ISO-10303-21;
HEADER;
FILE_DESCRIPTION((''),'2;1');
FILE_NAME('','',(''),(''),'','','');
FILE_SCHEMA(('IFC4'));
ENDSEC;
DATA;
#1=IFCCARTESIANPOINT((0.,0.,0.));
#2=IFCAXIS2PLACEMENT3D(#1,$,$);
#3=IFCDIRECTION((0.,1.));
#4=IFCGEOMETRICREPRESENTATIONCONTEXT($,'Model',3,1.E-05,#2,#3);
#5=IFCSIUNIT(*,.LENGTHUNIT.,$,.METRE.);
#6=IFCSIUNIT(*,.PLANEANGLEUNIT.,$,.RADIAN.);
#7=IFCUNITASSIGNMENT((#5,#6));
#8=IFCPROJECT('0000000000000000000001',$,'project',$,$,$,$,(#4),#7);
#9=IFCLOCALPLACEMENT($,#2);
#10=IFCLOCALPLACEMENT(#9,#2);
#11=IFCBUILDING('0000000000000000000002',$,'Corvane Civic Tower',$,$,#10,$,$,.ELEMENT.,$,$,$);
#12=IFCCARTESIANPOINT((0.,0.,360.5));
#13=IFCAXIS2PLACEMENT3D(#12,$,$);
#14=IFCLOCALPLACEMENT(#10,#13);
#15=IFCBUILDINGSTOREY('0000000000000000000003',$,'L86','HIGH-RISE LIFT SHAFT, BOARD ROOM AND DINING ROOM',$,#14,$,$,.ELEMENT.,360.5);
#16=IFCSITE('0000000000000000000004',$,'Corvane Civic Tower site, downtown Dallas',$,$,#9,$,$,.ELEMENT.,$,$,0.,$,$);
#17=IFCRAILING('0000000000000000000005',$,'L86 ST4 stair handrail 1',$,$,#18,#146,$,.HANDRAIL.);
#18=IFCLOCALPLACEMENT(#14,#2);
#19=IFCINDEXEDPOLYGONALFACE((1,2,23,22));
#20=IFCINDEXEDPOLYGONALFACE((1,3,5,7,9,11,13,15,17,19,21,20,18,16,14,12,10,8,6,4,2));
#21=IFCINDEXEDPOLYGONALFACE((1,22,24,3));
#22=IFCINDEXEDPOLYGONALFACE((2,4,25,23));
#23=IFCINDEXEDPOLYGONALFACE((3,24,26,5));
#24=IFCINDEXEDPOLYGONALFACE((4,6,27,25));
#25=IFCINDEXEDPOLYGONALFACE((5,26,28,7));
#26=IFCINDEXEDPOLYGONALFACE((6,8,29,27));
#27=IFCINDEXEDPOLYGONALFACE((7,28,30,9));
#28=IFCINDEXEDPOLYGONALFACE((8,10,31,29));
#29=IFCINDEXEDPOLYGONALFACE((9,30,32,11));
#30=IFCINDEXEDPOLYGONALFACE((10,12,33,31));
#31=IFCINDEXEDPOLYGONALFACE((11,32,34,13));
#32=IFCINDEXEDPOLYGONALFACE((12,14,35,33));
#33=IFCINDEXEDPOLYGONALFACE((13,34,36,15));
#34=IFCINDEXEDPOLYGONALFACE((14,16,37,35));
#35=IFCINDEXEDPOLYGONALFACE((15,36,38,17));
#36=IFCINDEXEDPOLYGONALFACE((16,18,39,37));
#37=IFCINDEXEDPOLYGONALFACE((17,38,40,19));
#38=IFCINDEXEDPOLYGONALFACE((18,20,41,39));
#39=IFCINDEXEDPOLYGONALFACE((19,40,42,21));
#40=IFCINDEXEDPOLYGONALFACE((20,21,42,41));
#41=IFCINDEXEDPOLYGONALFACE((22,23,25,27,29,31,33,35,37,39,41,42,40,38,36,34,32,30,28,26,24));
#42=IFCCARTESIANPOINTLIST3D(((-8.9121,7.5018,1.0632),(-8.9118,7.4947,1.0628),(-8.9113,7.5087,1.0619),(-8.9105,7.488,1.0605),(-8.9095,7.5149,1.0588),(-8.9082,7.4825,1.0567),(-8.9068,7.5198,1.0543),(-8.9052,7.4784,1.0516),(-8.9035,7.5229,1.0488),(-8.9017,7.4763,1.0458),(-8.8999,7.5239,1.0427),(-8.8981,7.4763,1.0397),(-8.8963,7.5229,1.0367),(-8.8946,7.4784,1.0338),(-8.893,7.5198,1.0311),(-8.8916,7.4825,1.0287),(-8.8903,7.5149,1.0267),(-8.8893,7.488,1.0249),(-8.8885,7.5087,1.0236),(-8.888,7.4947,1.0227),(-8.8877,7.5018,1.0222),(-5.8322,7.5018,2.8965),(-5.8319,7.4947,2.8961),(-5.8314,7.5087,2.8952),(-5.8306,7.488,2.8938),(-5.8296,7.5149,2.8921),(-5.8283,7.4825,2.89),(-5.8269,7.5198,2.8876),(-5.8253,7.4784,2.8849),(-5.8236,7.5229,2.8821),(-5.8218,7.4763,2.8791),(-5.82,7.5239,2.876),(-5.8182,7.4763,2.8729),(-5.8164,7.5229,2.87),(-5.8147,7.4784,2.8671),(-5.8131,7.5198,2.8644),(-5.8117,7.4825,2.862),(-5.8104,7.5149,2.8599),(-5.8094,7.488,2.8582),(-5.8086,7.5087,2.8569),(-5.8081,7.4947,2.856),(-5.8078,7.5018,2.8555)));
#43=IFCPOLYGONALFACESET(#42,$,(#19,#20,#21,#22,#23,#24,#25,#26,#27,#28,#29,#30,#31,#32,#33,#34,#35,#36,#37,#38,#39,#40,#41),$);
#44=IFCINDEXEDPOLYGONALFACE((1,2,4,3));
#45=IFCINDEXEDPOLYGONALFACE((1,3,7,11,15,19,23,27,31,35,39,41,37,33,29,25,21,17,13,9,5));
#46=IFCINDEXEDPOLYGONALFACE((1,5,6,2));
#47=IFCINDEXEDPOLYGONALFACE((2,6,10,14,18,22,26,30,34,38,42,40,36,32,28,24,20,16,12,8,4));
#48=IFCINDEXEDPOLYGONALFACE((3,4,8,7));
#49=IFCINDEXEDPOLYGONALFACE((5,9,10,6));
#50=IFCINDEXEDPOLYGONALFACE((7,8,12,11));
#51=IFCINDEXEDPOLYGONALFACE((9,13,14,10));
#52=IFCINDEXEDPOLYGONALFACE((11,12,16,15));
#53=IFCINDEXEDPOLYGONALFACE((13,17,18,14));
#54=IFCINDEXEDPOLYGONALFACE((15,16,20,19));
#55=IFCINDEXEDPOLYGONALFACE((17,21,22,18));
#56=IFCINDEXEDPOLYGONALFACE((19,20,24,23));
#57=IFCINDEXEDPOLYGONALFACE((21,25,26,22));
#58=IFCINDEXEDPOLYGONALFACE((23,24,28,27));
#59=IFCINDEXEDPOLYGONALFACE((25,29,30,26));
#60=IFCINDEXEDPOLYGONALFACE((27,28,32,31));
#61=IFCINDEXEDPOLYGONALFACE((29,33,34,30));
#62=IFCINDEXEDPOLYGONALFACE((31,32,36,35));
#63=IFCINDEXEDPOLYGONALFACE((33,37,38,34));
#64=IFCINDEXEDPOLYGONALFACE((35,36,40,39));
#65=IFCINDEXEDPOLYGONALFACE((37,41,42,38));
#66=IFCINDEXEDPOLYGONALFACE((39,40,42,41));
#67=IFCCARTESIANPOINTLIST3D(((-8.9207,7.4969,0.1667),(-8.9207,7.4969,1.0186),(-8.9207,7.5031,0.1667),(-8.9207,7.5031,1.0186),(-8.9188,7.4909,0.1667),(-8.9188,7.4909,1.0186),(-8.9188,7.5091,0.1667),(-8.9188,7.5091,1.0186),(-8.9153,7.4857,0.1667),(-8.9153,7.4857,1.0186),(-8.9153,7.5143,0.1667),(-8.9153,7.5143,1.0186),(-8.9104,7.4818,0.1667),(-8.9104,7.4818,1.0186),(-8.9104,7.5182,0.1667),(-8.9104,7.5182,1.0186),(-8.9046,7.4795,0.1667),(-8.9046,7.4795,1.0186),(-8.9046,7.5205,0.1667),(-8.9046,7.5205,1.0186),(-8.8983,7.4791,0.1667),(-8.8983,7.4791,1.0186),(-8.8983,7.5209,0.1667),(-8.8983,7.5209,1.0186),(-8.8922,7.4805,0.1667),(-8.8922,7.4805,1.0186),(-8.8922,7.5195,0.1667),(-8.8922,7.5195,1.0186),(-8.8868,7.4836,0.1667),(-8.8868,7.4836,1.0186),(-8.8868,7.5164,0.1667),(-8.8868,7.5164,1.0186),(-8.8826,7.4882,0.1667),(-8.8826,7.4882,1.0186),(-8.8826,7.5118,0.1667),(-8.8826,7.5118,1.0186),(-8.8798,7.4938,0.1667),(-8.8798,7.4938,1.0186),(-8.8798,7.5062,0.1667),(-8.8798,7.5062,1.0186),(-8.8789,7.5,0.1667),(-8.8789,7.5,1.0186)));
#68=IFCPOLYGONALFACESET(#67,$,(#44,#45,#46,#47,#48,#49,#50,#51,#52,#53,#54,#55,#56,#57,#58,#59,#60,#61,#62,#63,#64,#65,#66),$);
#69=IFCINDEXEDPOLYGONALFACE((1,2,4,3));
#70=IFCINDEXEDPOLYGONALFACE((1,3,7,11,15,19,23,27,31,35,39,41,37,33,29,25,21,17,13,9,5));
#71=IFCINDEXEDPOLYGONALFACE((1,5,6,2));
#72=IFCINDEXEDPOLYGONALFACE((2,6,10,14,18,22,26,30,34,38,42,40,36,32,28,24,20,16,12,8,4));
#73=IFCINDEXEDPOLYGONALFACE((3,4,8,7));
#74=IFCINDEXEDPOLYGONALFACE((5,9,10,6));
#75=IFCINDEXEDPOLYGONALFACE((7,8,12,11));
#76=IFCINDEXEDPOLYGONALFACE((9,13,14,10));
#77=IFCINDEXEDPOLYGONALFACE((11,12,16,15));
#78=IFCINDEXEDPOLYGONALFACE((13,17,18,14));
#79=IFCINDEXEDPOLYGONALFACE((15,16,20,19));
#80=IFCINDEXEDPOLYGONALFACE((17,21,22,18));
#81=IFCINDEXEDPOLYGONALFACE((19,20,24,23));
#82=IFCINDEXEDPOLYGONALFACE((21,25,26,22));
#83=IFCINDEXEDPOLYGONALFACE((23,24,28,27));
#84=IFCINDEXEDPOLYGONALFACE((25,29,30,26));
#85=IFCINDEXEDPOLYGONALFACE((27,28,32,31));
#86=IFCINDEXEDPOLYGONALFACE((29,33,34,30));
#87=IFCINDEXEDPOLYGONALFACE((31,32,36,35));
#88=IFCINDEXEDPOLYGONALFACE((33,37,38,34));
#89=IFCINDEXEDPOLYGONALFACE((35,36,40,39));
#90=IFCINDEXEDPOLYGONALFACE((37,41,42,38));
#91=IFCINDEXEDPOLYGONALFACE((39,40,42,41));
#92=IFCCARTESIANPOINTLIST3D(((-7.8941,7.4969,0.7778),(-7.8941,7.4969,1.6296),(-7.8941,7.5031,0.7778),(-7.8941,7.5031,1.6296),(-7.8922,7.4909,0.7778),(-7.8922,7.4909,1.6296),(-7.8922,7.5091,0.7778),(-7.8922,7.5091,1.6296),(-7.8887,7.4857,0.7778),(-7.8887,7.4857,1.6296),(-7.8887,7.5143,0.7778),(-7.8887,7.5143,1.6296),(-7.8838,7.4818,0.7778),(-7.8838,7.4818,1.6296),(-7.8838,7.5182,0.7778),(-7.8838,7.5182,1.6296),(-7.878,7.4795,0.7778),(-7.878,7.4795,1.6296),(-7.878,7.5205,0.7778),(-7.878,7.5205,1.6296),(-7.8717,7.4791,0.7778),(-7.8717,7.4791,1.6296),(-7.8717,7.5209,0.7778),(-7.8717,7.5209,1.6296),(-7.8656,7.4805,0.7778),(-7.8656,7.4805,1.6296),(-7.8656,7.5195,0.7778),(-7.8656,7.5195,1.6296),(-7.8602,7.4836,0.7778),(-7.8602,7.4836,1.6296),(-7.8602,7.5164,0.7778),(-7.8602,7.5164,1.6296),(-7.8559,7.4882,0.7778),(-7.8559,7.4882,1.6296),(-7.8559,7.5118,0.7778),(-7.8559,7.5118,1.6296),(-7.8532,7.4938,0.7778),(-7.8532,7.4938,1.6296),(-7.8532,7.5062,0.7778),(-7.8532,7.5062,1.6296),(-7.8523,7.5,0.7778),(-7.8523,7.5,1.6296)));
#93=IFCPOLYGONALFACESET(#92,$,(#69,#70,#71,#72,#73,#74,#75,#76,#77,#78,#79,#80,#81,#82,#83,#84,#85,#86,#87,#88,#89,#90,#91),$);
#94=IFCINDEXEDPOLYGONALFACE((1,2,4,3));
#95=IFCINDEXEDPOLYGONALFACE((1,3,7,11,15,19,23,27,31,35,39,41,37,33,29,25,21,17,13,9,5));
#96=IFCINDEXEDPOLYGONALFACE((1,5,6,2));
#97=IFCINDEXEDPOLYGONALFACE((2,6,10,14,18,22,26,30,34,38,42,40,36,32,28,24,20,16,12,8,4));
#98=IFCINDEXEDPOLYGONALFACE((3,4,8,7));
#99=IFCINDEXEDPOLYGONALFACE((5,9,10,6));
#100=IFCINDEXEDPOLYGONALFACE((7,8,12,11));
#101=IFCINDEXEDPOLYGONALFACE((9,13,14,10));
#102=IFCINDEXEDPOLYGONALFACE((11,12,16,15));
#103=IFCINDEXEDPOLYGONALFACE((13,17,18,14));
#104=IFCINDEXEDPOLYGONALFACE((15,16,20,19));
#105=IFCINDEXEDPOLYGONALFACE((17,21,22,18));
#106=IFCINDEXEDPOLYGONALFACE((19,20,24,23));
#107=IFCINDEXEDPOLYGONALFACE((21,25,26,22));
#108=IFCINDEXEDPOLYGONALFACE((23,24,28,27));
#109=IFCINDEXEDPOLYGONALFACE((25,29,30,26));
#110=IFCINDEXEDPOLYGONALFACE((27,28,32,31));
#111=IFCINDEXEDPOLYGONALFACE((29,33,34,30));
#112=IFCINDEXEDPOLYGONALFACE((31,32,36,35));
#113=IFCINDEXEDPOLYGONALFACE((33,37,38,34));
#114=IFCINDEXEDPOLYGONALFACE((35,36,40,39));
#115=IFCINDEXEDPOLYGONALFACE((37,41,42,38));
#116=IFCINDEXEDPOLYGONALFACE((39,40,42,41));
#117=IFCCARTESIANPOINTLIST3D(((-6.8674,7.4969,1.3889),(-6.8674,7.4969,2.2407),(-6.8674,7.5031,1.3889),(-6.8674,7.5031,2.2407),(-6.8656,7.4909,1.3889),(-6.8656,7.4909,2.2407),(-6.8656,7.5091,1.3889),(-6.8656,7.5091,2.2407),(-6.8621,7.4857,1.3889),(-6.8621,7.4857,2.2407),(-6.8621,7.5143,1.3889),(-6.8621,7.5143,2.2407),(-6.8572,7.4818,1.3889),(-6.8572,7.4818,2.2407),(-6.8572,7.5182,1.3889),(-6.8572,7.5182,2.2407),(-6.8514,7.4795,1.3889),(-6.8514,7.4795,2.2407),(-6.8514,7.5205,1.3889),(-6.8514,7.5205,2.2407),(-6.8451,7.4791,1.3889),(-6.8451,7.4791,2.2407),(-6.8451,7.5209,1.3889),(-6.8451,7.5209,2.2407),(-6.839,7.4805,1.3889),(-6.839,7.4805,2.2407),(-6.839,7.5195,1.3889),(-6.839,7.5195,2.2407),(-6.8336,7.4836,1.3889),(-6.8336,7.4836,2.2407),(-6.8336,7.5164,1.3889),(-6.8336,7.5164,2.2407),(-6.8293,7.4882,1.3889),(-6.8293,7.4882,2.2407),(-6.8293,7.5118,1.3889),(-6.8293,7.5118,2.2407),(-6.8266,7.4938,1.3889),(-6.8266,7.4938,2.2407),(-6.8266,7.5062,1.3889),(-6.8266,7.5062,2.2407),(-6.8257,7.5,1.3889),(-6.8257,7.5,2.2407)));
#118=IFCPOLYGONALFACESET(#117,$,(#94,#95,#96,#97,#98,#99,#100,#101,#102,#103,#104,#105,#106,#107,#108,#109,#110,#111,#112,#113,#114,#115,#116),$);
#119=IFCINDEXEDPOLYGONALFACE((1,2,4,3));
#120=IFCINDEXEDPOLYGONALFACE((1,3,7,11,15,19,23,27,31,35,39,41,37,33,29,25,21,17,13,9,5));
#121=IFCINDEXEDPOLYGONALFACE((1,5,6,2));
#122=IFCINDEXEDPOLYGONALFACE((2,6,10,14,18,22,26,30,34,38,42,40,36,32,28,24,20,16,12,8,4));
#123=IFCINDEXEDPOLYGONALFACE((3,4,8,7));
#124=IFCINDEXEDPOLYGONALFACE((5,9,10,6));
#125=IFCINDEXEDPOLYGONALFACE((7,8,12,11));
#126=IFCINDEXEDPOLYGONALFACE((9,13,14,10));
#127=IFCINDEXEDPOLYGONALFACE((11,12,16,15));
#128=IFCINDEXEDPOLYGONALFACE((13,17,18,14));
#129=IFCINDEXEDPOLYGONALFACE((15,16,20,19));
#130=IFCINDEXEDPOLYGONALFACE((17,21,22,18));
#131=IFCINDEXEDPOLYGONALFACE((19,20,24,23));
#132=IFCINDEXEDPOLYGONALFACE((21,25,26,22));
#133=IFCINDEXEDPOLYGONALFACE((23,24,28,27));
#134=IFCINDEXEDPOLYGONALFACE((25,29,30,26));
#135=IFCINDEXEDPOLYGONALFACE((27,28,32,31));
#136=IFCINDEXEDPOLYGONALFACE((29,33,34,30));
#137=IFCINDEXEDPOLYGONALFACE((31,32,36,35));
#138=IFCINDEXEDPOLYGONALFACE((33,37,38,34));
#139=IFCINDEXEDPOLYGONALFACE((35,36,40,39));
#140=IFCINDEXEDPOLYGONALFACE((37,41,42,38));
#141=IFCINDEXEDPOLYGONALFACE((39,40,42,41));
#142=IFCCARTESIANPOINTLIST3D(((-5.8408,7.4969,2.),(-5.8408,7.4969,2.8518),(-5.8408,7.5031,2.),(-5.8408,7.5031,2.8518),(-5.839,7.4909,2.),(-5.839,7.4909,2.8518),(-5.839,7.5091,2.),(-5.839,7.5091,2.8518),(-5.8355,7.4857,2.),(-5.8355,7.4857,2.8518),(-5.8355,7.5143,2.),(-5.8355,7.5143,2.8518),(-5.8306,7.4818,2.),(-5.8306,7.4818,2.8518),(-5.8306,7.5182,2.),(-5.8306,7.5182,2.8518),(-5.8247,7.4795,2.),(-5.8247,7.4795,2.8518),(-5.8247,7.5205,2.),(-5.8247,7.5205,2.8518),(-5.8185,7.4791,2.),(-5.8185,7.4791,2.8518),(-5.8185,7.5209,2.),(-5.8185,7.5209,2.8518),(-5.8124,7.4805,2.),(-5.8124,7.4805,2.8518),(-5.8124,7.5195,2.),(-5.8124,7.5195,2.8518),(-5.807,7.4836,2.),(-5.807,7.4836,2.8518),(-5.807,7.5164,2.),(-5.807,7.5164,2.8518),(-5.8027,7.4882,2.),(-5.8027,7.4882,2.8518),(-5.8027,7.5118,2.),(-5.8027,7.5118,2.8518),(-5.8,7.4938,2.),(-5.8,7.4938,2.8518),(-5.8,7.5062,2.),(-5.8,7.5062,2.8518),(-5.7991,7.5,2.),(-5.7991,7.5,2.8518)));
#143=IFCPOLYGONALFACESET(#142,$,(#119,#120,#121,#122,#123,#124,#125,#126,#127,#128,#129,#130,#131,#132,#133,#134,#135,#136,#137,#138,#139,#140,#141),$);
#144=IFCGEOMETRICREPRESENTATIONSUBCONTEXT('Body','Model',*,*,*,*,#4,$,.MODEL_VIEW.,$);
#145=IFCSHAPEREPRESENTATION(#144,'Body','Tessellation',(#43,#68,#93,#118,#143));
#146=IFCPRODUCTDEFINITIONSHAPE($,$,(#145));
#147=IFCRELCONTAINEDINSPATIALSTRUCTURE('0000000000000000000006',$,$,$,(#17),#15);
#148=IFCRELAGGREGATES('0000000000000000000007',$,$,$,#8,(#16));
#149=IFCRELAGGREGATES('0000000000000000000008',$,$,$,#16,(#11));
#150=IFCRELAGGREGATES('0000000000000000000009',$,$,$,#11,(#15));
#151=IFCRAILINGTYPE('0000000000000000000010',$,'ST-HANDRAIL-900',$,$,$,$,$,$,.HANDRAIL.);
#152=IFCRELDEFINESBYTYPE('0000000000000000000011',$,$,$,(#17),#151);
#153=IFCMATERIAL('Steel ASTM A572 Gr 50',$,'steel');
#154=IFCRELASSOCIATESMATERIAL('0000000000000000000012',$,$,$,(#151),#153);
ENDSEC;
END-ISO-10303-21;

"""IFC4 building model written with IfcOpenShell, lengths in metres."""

from ifc_helpers import new_model, si_unit, direction, frame, origin, origin_2d, place, context, subcontext, project, spatial, circle, extrude, material, type_object, element, save


model = new_model("IFC4")

# Units and contexts
model_context = context("Model", 3, precision=1e-05, world=origin(), true_north=direction((0.0, 1.0)))
body_context = subcontext(model_context, "Body", "Model", "MODEL_VIEW")
ifc_project = project(units=[si_unit("LENGTHUNIT", "METRE"), si_unit("PLANEANGLEUNIT", "RADIAN")], contexts=[model_context])

# Site, building, storey
site_placement = place(None, origin())
site = spatial("IfcSite", under=ifc_project, at=site_placement, Name="Corvane Civic Tower site, downtown Dallas", CompositionType="ELEMENT", RefElevation=0.0)
building_placement = place(site_placement, origin())
building = spatial("IfcBuilding", under=site, at=building_placement, Name="Corvane Civic Tower", CompositionType="ELEMENT")
storey_placement = place(building_placement, frame((0.0, 0.0, 360.5)))
storey = spatial("IfcBuildingStorey", under=building, at=storey_placement, Name="L86", Description="HIGH-RISE LIFT SHAFT, BOARD ROOM AND DINING ROOM", CompositionType="ELEMENT", Elevation=360.5)

# Railing
ifc_material_1 = material(Name="Steel ASTM A572 Gr 50", Category="steel")
railing_type = type_object("IfcRailingType", Name="ST-HANDRAIL-900", PredefinedType="HANDRAIL", material=ifc_material_1)
railing_placement = place(storey_placement, frame((-8.8999, 7.5, 0.1667)))
element("IfcRailing", 1, at=railing_placement, inside=storey, type_object=railing_type, Name="L86 ST4 stair handrail 1", PredefinedType="HANDRAIL", context=body_context, shape_type="SweptSolid", body=[
    extrude(circle(Radius=0.0239, at=origin_2d()), frame((0.0, 0.0, 0.876), z_axis=(0.859291, 0.0, 0.511487), x_axis=(0.0, 1.0, 0.0)), (0.0, 0.0, 1.0), 3.5842),
    extrude(circle(Radius=0.021, at=origin_2d()), origin(), (0.0, 0.0, 1.0), 0.8518),
    extrude(circle(Radius=0.021, at=origin_2d()), frame((1.0266, 0.0, 0.6111)), (0.0, 0.0, 1.0), 0.8518),
    extrude(circle(Radius=0.021, at=origin_2d()), frame((2.0532, 0.0, 1.2222)), (0.0, 0.0, 1.0), 0.8518),
    extrude(circle(Radius=0.021, at=origin_2d()), frame((3.0798, 0.0, 1.8333)), (0.0, 0.0, 1.0), 0.8518),
])

save(model, "model.ifc")
